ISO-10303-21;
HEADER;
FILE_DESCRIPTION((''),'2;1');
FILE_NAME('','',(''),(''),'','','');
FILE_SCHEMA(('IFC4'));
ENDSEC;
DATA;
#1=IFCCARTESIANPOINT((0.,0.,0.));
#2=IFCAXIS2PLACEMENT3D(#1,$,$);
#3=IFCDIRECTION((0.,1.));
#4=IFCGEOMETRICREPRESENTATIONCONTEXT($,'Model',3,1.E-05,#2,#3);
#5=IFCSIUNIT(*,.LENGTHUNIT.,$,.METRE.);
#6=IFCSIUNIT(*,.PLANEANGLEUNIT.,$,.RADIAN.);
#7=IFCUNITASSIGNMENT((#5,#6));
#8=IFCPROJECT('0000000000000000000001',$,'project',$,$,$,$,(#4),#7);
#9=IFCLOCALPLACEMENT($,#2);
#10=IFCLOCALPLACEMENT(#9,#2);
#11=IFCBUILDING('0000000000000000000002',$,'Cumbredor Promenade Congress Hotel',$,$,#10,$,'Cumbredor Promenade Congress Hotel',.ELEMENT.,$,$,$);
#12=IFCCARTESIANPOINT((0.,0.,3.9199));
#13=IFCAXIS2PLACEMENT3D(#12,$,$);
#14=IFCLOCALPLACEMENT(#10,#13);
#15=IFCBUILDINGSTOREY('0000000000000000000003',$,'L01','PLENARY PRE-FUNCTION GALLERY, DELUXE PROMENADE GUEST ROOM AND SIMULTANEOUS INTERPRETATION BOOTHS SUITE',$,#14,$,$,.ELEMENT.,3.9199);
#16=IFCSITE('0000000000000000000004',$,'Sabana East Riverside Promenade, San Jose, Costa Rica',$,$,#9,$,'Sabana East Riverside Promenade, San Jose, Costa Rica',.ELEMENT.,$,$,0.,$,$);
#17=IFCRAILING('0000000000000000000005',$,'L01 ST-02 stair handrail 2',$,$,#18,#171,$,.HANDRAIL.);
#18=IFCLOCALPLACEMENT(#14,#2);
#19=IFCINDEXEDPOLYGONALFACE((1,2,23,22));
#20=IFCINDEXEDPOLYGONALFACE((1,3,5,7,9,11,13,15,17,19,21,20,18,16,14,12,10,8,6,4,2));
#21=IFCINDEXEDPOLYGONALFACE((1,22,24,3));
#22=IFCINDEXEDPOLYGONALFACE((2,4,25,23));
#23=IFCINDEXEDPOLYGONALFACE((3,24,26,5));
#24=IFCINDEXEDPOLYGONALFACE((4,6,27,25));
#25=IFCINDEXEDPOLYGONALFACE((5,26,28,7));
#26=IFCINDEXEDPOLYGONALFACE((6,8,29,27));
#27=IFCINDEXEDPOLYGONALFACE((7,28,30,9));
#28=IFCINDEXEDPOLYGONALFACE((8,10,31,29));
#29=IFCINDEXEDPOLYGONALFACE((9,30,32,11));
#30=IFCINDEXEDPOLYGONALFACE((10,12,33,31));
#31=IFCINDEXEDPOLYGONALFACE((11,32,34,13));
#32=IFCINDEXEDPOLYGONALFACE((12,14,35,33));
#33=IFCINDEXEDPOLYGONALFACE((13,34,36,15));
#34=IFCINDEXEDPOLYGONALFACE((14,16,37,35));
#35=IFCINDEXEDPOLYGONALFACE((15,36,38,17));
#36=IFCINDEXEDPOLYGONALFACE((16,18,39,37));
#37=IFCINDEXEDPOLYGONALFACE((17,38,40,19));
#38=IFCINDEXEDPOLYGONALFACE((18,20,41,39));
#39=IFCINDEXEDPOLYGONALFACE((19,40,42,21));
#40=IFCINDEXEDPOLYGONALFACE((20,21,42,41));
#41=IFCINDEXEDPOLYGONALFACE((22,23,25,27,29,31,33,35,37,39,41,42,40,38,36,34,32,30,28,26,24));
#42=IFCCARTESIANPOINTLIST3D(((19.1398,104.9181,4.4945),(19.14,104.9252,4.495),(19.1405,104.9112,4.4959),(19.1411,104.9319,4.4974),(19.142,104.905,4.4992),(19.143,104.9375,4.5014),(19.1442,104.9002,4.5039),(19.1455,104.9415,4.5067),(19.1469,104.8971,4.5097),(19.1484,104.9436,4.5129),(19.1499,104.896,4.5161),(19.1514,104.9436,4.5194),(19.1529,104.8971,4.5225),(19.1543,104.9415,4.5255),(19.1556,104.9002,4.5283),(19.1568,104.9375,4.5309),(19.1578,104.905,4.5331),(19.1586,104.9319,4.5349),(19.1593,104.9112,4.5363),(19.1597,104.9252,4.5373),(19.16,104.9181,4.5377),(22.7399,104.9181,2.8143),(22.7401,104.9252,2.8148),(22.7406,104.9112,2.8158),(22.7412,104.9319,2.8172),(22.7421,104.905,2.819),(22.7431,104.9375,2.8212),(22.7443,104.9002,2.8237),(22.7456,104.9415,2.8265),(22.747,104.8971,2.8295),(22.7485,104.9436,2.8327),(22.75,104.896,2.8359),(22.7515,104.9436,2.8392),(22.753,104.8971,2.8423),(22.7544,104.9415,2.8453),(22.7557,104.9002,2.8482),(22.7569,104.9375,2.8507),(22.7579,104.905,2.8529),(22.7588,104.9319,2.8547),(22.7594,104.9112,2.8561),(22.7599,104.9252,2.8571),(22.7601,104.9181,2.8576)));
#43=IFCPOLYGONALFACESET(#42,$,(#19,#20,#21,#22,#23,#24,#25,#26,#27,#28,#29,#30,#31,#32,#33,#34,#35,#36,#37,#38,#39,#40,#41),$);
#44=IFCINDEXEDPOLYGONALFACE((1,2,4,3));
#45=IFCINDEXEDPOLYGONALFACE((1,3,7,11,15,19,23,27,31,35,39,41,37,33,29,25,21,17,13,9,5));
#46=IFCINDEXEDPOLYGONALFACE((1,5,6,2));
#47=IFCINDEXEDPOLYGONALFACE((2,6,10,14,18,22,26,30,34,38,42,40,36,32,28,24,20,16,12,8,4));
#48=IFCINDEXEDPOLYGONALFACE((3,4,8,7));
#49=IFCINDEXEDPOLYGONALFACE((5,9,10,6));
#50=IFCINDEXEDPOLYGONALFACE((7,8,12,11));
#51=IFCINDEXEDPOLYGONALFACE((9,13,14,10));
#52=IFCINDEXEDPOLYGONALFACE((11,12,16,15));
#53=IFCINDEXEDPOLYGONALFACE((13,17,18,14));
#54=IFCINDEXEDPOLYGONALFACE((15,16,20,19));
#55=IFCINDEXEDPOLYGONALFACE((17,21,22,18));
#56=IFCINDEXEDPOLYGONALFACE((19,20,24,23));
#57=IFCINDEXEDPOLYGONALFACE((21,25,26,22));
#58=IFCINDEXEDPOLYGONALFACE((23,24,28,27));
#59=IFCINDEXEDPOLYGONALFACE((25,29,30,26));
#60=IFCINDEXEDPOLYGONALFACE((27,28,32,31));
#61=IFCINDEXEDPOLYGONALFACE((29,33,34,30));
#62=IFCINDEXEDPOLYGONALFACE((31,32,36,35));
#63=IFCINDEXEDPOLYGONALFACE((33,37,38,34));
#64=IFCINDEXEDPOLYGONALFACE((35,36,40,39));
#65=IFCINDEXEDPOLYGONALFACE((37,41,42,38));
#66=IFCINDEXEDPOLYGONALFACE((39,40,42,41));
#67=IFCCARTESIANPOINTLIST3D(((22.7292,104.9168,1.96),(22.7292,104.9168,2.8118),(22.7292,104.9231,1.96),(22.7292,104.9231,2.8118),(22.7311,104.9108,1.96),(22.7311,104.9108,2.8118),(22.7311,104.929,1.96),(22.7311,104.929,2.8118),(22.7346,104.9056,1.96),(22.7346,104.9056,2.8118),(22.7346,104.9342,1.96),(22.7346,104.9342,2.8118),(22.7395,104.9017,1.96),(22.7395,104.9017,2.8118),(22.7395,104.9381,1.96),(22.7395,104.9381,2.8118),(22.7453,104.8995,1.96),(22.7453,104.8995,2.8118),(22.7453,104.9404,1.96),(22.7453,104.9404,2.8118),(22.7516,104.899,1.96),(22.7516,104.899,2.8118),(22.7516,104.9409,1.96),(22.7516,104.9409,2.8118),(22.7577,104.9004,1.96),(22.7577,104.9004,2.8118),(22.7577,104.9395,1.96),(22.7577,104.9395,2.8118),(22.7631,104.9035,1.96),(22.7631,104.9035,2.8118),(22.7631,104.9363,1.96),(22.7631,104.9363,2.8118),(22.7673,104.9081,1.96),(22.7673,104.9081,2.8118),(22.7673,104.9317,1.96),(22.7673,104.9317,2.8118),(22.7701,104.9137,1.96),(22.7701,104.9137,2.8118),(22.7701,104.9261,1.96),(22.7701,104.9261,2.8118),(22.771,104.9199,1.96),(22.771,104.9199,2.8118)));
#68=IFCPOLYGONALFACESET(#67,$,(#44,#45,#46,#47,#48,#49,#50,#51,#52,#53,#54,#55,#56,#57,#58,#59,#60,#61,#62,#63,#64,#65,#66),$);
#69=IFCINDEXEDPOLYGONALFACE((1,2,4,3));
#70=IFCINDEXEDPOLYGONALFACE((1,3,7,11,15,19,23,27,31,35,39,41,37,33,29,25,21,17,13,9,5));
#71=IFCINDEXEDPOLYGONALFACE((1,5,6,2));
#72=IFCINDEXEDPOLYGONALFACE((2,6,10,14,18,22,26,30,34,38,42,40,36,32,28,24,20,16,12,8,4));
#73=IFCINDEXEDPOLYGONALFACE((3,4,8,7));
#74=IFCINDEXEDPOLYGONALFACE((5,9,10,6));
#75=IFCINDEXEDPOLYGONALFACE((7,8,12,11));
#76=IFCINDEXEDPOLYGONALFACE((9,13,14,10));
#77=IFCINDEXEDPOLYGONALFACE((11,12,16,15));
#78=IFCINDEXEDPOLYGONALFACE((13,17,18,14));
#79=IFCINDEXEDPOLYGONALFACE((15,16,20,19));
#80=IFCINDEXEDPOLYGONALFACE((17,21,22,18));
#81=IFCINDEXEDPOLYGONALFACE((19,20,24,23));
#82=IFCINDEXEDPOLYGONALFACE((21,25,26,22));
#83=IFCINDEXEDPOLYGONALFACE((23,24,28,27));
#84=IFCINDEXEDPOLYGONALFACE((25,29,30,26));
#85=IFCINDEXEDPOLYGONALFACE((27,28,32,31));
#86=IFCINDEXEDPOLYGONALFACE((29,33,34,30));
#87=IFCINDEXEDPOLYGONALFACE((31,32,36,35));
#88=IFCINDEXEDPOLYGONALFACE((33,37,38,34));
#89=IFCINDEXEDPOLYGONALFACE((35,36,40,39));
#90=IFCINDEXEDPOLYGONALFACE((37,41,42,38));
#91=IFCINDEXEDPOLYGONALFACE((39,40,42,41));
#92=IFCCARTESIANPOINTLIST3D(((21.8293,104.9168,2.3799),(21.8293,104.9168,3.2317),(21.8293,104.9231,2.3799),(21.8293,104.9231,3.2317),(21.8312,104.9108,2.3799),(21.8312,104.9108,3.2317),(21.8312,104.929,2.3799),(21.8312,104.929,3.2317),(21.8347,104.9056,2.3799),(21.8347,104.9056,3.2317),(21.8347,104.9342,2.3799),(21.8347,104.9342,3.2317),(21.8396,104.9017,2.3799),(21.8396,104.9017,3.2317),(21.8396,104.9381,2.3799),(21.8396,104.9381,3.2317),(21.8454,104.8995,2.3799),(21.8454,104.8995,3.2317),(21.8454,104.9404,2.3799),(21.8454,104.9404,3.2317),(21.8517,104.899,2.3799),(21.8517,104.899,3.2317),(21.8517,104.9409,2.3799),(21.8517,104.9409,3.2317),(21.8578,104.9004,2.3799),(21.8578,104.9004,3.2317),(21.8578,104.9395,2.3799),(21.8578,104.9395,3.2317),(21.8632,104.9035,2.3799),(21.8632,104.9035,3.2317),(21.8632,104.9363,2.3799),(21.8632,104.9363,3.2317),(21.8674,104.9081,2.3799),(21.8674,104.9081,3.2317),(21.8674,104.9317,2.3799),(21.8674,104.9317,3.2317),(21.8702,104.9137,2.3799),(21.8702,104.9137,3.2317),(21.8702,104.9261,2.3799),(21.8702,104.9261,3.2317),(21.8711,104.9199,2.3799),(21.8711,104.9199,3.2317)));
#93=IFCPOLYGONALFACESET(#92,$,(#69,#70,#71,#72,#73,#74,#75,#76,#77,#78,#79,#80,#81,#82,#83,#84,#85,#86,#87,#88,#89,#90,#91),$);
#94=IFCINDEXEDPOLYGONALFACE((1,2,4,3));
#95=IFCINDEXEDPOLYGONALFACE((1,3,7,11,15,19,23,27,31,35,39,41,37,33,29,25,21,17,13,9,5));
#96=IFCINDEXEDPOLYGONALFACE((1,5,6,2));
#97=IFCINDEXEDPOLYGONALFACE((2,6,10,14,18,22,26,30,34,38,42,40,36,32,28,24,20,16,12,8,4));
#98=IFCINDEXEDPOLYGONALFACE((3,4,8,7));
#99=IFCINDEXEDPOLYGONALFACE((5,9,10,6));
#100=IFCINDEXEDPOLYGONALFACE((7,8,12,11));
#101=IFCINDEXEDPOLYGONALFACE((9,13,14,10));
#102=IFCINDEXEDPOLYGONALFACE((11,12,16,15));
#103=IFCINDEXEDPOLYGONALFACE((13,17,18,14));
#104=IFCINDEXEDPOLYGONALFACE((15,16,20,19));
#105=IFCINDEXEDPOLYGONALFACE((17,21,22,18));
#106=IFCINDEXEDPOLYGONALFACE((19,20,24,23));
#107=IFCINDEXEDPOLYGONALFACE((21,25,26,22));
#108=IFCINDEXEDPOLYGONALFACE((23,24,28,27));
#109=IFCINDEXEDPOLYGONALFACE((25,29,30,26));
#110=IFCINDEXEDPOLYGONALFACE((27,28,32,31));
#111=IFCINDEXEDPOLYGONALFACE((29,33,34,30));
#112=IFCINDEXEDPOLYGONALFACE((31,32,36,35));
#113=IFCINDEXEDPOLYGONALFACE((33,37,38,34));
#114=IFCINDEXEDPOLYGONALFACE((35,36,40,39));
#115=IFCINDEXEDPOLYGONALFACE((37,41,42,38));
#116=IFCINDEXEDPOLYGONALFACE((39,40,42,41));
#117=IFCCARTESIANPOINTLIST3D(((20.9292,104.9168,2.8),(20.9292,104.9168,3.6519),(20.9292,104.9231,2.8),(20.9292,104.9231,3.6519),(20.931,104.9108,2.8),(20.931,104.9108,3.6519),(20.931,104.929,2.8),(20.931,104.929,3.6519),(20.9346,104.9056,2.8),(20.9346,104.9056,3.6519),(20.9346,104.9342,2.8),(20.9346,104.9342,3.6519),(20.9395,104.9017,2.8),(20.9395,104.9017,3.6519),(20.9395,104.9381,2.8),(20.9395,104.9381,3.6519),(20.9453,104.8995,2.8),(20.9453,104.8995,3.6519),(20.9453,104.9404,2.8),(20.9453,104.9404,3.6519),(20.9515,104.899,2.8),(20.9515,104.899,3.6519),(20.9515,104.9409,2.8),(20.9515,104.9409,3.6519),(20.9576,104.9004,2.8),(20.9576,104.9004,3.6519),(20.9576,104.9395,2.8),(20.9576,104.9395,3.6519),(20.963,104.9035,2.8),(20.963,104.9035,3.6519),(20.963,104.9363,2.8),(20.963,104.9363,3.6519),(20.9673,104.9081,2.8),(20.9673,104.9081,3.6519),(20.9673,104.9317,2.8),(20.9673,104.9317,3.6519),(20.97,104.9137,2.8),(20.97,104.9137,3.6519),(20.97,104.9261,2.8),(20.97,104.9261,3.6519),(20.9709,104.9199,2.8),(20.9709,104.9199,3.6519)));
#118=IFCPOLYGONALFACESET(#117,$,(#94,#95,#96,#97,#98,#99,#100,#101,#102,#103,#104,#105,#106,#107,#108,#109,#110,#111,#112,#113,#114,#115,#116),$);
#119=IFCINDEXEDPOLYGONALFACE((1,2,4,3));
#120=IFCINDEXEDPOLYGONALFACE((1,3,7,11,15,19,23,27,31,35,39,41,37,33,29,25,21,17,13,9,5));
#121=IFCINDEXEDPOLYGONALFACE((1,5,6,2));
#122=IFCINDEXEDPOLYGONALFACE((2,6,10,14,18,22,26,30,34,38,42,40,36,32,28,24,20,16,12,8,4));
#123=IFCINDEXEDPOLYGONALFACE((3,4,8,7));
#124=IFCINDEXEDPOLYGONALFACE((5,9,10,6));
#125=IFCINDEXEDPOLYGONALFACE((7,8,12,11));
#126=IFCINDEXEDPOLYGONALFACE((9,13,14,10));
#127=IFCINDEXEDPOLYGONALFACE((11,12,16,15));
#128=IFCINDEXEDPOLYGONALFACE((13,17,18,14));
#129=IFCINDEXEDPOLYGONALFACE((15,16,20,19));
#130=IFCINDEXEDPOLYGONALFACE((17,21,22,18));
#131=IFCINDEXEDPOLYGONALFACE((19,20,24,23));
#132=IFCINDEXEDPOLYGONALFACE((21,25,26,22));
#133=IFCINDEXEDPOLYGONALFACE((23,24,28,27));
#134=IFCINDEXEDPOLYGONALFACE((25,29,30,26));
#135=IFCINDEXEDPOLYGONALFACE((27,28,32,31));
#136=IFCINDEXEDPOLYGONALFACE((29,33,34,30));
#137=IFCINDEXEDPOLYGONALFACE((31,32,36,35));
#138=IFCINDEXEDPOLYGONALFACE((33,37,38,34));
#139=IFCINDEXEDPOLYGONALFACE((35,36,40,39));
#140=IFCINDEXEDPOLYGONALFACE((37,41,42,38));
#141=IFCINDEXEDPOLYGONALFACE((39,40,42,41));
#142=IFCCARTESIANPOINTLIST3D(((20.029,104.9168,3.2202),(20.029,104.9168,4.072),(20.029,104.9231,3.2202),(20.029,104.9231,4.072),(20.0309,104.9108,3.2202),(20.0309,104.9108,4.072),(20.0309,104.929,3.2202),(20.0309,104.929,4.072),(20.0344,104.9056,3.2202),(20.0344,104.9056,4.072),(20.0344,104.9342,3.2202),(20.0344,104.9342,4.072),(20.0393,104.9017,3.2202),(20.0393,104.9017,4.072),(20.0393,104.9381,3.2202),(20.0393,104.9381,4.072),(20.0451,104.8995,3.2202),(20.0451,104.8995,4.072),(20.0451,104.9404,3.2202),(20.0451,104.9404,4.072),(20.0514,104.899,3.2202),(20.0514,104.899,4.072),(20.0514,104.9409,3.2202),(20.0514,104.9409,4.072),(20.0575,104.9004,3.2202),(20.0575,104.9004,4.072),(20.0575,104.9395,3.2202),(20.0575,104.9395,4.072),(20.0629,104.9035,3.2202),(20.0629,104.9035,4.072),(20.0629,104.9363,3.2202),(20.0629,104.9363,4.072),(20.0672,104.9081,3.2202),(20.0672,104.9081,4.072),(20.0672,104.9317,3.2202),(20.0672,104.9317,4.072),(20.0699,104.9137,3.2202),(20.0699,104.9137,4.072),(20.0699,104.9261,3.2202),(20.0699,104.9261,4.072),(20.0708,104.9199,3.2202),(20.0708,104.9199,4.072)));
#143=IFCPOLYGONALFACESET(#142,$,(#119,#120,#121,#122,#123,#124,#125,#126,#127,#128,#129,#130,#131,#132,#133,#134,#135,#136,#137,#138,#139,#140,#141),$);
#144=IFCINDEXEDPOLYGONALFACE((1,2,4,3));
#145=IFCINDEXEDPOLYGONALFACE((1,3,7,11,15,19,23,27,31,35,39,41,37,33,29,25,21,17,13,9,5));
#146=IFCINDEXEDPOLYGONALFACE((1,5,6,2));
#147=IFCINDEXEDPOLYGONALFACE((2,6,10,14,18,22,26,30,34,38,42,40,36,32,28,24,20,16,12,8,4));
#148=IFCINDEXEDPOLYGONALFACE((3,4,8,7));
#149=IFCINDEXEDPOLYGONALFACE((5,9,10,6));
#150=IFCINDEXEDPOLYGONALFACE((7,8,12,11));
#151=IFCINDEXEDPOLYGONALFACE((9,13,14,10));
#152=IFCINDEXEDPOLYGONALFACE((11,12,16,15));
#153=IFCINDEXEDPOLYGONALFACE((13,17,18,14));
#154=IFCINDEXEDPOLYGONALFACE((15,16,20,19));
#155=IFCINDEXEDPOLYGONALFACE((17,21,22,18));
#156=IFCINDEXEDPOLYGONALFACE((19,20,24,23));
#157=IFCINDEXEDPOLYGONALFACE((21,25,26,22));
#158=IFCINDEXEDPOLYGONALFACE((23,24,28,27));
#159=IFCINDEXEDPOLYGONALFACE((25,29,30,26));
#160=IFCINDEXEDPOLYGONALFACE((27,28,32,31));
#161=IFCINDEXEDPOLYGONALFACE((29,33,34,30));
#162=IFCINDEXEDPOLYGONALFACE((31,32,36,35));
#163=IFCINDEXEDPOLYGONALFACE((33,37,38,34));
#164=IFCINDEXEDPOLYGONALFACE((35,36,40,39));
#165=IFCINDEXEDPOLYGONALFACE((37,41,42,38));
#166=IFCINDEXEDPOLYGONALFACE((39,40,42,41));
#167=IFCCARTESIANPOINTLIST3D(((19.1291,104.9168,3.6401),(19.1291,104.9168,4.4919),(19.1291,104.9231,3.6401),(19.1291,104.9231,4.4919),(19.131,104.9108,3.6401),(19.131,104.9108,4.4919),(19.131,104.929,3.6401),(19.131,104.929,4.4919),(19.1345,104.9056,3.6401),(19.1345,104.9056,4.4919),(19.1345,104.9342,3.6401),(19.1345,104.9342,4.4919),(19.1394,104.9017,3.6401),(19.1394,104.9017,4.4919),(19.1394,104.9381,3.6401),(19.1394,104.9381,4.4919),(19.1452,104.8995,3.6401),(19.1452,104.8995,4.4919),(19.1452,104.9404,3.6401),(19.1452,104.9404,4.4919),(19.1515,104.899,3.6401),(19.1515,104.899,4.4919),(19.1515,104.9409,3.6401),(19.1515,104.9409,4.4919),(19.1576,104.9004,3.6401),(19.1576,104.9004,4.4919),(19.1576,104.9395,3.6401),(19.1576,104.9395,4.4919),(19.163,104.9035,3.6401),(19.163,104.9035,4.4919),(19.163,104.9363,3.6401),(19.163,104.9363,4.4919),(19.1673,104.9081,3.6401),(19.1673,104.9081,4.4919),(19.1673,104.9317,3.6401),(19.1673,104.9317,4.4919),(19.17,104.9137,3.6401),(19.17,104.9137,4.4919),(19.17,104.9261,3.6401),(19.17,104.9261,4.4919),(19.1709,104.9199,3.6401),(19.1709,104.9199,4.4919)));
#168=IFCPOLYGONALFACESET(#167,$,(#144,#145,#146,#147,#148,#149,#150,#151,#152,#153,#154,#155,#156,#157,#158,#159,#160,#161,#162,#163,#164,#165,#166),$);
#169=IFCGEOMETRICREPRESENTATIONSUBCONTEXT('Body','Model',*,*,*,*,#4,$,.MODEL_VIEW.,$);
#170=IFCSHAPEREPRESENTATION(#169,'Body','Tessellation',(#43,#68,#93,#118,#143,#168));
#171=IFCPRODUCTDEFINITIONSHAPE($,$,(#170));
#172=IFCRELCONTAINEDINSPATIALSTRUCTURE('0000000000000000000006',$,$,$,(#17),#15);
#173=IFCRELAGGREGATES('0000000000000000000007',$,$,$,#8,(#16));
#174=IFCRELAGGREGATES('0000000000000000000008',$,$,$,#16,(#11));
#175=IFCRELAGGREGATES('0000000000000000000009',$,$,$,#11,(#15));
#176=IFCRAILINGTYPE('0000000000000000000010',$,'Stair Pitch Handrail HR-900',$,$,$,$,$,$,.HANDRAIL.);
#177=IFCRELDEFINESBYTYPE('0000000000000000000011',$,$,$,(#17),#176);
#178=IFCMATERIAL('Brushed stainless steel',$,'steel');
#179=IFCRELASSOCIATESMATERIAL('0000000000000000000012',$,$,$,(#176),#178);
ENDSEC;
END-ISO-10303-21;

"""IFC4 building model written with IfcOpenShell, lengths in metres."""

from ifc_helpers import new_model, si_unit, direction, frame, origin, origin_2d, place, context, subcontext, project, spatial, circle, extrude, material, type_object, element, save


model = new_model("IFC4")

# Units and contexts
model_context = context("Model", 3, precision=1e-05, world=origin(), true_north=direction((0.0, 1.0)))
body_context = subcontext(model_context, "Body", "Model", "MODEL_VIEW")
ifc_project = project(units=[si_unit("LENGTHUNIT", "METRE"), si_unit("PLANEANGLEUNIT", "RADIAN")], contexts=[model_context])

# Site, building, storey
site_placement = place(None, origin())
site = spatial("IfcSite", under=ifc_project, at=site_placement, Name="Sabana East Riverside Promenade, San Jose, Costa Rica", LongName="Sabana East Riverside Promenade, San Jose, Costa Rica", CompositionType="ELEMENT", RefElevation=0.0)
building_placement = place(site_placement, origin())
building = spatial("IfcBuilding", under=site, at=building_placement, Name="Cumbredor Promenade Congress Hotel", LongName="Cumbredor Promenade Congress Hotel", CompositionType="ELEMENT")
storey_placement = place(building_placement, frame((0.0, 0.0, 3.9199)))
storey = spatial("IfcBuildingStorey", under=building, at=storey_placement, Name="L01", Description="PLENARY PRE-FUNCTION GALLERY, DELUXE PROMENADE GUEST ROOM AND SIMULTANEOUS INTERPRETATION BOOTHS SUITE", CompositionType="ELEMENT", Elevation=3.9199)

# Railing
ifc_material_1 = material(Name="Brushed stainless steel", Category="steel")
railing_type_1 = type_object("IfcRailingType", Name="Stair Pitch Handrail HR-900", PredefinedType="HANDRAIL", material=ifc_material_1)
railing_1_placement = place(storey_placement, frame((22.75, 104.9199, 1.96)))
element("IfcRailing", 1, at=railing_1_placement, inside=storey, type_object=railing_type_1, Name="L01 ST-02 stair handrail 2", PredefinedType="HANDRAIL", context=body_context, shape_type="SweptSolid", body=[
    extrude(circle(Radius=0.0239, at=origin_2d()), frame((0.0, 0.0, 0.876), z_axis=(-0.906171, 0.0, 0.422912), x_axis=(0.0, -1.0, 0.0)), (0.0, 0.0, 1.0), 3.9729),
    extrude(circle(Radius=0.021, at=origin_2d()), origin(), (0.0, 0.0, 1.0), 0.8518),
    extrude(circle(Radius=0.021, at=origin_2d()), frame((-0.8999, 0.0, 0.4199)), (0.0, 0.0, 1.0), 0.8518),
    extrude(circle(Radius=0.021, at=origin_2d()), frame((-1.8, 0.0, 0.8401)), (0.0, 0.0, 1.0), 0.8518),
    extrude(circle(Radius=0.021, at=origin_2d()), frame((-2.7002, 0.0, 1.2603)), (0.0, 0.0, 1.0), 0.8518),
    extrude(circle(Radius=0.021, at=origin_2d()), frame((-3.6001, 0.0, 1.6802)), (0.0, 0.0, 1.0), 0.8518),
])

save(model, "model.ifc")
